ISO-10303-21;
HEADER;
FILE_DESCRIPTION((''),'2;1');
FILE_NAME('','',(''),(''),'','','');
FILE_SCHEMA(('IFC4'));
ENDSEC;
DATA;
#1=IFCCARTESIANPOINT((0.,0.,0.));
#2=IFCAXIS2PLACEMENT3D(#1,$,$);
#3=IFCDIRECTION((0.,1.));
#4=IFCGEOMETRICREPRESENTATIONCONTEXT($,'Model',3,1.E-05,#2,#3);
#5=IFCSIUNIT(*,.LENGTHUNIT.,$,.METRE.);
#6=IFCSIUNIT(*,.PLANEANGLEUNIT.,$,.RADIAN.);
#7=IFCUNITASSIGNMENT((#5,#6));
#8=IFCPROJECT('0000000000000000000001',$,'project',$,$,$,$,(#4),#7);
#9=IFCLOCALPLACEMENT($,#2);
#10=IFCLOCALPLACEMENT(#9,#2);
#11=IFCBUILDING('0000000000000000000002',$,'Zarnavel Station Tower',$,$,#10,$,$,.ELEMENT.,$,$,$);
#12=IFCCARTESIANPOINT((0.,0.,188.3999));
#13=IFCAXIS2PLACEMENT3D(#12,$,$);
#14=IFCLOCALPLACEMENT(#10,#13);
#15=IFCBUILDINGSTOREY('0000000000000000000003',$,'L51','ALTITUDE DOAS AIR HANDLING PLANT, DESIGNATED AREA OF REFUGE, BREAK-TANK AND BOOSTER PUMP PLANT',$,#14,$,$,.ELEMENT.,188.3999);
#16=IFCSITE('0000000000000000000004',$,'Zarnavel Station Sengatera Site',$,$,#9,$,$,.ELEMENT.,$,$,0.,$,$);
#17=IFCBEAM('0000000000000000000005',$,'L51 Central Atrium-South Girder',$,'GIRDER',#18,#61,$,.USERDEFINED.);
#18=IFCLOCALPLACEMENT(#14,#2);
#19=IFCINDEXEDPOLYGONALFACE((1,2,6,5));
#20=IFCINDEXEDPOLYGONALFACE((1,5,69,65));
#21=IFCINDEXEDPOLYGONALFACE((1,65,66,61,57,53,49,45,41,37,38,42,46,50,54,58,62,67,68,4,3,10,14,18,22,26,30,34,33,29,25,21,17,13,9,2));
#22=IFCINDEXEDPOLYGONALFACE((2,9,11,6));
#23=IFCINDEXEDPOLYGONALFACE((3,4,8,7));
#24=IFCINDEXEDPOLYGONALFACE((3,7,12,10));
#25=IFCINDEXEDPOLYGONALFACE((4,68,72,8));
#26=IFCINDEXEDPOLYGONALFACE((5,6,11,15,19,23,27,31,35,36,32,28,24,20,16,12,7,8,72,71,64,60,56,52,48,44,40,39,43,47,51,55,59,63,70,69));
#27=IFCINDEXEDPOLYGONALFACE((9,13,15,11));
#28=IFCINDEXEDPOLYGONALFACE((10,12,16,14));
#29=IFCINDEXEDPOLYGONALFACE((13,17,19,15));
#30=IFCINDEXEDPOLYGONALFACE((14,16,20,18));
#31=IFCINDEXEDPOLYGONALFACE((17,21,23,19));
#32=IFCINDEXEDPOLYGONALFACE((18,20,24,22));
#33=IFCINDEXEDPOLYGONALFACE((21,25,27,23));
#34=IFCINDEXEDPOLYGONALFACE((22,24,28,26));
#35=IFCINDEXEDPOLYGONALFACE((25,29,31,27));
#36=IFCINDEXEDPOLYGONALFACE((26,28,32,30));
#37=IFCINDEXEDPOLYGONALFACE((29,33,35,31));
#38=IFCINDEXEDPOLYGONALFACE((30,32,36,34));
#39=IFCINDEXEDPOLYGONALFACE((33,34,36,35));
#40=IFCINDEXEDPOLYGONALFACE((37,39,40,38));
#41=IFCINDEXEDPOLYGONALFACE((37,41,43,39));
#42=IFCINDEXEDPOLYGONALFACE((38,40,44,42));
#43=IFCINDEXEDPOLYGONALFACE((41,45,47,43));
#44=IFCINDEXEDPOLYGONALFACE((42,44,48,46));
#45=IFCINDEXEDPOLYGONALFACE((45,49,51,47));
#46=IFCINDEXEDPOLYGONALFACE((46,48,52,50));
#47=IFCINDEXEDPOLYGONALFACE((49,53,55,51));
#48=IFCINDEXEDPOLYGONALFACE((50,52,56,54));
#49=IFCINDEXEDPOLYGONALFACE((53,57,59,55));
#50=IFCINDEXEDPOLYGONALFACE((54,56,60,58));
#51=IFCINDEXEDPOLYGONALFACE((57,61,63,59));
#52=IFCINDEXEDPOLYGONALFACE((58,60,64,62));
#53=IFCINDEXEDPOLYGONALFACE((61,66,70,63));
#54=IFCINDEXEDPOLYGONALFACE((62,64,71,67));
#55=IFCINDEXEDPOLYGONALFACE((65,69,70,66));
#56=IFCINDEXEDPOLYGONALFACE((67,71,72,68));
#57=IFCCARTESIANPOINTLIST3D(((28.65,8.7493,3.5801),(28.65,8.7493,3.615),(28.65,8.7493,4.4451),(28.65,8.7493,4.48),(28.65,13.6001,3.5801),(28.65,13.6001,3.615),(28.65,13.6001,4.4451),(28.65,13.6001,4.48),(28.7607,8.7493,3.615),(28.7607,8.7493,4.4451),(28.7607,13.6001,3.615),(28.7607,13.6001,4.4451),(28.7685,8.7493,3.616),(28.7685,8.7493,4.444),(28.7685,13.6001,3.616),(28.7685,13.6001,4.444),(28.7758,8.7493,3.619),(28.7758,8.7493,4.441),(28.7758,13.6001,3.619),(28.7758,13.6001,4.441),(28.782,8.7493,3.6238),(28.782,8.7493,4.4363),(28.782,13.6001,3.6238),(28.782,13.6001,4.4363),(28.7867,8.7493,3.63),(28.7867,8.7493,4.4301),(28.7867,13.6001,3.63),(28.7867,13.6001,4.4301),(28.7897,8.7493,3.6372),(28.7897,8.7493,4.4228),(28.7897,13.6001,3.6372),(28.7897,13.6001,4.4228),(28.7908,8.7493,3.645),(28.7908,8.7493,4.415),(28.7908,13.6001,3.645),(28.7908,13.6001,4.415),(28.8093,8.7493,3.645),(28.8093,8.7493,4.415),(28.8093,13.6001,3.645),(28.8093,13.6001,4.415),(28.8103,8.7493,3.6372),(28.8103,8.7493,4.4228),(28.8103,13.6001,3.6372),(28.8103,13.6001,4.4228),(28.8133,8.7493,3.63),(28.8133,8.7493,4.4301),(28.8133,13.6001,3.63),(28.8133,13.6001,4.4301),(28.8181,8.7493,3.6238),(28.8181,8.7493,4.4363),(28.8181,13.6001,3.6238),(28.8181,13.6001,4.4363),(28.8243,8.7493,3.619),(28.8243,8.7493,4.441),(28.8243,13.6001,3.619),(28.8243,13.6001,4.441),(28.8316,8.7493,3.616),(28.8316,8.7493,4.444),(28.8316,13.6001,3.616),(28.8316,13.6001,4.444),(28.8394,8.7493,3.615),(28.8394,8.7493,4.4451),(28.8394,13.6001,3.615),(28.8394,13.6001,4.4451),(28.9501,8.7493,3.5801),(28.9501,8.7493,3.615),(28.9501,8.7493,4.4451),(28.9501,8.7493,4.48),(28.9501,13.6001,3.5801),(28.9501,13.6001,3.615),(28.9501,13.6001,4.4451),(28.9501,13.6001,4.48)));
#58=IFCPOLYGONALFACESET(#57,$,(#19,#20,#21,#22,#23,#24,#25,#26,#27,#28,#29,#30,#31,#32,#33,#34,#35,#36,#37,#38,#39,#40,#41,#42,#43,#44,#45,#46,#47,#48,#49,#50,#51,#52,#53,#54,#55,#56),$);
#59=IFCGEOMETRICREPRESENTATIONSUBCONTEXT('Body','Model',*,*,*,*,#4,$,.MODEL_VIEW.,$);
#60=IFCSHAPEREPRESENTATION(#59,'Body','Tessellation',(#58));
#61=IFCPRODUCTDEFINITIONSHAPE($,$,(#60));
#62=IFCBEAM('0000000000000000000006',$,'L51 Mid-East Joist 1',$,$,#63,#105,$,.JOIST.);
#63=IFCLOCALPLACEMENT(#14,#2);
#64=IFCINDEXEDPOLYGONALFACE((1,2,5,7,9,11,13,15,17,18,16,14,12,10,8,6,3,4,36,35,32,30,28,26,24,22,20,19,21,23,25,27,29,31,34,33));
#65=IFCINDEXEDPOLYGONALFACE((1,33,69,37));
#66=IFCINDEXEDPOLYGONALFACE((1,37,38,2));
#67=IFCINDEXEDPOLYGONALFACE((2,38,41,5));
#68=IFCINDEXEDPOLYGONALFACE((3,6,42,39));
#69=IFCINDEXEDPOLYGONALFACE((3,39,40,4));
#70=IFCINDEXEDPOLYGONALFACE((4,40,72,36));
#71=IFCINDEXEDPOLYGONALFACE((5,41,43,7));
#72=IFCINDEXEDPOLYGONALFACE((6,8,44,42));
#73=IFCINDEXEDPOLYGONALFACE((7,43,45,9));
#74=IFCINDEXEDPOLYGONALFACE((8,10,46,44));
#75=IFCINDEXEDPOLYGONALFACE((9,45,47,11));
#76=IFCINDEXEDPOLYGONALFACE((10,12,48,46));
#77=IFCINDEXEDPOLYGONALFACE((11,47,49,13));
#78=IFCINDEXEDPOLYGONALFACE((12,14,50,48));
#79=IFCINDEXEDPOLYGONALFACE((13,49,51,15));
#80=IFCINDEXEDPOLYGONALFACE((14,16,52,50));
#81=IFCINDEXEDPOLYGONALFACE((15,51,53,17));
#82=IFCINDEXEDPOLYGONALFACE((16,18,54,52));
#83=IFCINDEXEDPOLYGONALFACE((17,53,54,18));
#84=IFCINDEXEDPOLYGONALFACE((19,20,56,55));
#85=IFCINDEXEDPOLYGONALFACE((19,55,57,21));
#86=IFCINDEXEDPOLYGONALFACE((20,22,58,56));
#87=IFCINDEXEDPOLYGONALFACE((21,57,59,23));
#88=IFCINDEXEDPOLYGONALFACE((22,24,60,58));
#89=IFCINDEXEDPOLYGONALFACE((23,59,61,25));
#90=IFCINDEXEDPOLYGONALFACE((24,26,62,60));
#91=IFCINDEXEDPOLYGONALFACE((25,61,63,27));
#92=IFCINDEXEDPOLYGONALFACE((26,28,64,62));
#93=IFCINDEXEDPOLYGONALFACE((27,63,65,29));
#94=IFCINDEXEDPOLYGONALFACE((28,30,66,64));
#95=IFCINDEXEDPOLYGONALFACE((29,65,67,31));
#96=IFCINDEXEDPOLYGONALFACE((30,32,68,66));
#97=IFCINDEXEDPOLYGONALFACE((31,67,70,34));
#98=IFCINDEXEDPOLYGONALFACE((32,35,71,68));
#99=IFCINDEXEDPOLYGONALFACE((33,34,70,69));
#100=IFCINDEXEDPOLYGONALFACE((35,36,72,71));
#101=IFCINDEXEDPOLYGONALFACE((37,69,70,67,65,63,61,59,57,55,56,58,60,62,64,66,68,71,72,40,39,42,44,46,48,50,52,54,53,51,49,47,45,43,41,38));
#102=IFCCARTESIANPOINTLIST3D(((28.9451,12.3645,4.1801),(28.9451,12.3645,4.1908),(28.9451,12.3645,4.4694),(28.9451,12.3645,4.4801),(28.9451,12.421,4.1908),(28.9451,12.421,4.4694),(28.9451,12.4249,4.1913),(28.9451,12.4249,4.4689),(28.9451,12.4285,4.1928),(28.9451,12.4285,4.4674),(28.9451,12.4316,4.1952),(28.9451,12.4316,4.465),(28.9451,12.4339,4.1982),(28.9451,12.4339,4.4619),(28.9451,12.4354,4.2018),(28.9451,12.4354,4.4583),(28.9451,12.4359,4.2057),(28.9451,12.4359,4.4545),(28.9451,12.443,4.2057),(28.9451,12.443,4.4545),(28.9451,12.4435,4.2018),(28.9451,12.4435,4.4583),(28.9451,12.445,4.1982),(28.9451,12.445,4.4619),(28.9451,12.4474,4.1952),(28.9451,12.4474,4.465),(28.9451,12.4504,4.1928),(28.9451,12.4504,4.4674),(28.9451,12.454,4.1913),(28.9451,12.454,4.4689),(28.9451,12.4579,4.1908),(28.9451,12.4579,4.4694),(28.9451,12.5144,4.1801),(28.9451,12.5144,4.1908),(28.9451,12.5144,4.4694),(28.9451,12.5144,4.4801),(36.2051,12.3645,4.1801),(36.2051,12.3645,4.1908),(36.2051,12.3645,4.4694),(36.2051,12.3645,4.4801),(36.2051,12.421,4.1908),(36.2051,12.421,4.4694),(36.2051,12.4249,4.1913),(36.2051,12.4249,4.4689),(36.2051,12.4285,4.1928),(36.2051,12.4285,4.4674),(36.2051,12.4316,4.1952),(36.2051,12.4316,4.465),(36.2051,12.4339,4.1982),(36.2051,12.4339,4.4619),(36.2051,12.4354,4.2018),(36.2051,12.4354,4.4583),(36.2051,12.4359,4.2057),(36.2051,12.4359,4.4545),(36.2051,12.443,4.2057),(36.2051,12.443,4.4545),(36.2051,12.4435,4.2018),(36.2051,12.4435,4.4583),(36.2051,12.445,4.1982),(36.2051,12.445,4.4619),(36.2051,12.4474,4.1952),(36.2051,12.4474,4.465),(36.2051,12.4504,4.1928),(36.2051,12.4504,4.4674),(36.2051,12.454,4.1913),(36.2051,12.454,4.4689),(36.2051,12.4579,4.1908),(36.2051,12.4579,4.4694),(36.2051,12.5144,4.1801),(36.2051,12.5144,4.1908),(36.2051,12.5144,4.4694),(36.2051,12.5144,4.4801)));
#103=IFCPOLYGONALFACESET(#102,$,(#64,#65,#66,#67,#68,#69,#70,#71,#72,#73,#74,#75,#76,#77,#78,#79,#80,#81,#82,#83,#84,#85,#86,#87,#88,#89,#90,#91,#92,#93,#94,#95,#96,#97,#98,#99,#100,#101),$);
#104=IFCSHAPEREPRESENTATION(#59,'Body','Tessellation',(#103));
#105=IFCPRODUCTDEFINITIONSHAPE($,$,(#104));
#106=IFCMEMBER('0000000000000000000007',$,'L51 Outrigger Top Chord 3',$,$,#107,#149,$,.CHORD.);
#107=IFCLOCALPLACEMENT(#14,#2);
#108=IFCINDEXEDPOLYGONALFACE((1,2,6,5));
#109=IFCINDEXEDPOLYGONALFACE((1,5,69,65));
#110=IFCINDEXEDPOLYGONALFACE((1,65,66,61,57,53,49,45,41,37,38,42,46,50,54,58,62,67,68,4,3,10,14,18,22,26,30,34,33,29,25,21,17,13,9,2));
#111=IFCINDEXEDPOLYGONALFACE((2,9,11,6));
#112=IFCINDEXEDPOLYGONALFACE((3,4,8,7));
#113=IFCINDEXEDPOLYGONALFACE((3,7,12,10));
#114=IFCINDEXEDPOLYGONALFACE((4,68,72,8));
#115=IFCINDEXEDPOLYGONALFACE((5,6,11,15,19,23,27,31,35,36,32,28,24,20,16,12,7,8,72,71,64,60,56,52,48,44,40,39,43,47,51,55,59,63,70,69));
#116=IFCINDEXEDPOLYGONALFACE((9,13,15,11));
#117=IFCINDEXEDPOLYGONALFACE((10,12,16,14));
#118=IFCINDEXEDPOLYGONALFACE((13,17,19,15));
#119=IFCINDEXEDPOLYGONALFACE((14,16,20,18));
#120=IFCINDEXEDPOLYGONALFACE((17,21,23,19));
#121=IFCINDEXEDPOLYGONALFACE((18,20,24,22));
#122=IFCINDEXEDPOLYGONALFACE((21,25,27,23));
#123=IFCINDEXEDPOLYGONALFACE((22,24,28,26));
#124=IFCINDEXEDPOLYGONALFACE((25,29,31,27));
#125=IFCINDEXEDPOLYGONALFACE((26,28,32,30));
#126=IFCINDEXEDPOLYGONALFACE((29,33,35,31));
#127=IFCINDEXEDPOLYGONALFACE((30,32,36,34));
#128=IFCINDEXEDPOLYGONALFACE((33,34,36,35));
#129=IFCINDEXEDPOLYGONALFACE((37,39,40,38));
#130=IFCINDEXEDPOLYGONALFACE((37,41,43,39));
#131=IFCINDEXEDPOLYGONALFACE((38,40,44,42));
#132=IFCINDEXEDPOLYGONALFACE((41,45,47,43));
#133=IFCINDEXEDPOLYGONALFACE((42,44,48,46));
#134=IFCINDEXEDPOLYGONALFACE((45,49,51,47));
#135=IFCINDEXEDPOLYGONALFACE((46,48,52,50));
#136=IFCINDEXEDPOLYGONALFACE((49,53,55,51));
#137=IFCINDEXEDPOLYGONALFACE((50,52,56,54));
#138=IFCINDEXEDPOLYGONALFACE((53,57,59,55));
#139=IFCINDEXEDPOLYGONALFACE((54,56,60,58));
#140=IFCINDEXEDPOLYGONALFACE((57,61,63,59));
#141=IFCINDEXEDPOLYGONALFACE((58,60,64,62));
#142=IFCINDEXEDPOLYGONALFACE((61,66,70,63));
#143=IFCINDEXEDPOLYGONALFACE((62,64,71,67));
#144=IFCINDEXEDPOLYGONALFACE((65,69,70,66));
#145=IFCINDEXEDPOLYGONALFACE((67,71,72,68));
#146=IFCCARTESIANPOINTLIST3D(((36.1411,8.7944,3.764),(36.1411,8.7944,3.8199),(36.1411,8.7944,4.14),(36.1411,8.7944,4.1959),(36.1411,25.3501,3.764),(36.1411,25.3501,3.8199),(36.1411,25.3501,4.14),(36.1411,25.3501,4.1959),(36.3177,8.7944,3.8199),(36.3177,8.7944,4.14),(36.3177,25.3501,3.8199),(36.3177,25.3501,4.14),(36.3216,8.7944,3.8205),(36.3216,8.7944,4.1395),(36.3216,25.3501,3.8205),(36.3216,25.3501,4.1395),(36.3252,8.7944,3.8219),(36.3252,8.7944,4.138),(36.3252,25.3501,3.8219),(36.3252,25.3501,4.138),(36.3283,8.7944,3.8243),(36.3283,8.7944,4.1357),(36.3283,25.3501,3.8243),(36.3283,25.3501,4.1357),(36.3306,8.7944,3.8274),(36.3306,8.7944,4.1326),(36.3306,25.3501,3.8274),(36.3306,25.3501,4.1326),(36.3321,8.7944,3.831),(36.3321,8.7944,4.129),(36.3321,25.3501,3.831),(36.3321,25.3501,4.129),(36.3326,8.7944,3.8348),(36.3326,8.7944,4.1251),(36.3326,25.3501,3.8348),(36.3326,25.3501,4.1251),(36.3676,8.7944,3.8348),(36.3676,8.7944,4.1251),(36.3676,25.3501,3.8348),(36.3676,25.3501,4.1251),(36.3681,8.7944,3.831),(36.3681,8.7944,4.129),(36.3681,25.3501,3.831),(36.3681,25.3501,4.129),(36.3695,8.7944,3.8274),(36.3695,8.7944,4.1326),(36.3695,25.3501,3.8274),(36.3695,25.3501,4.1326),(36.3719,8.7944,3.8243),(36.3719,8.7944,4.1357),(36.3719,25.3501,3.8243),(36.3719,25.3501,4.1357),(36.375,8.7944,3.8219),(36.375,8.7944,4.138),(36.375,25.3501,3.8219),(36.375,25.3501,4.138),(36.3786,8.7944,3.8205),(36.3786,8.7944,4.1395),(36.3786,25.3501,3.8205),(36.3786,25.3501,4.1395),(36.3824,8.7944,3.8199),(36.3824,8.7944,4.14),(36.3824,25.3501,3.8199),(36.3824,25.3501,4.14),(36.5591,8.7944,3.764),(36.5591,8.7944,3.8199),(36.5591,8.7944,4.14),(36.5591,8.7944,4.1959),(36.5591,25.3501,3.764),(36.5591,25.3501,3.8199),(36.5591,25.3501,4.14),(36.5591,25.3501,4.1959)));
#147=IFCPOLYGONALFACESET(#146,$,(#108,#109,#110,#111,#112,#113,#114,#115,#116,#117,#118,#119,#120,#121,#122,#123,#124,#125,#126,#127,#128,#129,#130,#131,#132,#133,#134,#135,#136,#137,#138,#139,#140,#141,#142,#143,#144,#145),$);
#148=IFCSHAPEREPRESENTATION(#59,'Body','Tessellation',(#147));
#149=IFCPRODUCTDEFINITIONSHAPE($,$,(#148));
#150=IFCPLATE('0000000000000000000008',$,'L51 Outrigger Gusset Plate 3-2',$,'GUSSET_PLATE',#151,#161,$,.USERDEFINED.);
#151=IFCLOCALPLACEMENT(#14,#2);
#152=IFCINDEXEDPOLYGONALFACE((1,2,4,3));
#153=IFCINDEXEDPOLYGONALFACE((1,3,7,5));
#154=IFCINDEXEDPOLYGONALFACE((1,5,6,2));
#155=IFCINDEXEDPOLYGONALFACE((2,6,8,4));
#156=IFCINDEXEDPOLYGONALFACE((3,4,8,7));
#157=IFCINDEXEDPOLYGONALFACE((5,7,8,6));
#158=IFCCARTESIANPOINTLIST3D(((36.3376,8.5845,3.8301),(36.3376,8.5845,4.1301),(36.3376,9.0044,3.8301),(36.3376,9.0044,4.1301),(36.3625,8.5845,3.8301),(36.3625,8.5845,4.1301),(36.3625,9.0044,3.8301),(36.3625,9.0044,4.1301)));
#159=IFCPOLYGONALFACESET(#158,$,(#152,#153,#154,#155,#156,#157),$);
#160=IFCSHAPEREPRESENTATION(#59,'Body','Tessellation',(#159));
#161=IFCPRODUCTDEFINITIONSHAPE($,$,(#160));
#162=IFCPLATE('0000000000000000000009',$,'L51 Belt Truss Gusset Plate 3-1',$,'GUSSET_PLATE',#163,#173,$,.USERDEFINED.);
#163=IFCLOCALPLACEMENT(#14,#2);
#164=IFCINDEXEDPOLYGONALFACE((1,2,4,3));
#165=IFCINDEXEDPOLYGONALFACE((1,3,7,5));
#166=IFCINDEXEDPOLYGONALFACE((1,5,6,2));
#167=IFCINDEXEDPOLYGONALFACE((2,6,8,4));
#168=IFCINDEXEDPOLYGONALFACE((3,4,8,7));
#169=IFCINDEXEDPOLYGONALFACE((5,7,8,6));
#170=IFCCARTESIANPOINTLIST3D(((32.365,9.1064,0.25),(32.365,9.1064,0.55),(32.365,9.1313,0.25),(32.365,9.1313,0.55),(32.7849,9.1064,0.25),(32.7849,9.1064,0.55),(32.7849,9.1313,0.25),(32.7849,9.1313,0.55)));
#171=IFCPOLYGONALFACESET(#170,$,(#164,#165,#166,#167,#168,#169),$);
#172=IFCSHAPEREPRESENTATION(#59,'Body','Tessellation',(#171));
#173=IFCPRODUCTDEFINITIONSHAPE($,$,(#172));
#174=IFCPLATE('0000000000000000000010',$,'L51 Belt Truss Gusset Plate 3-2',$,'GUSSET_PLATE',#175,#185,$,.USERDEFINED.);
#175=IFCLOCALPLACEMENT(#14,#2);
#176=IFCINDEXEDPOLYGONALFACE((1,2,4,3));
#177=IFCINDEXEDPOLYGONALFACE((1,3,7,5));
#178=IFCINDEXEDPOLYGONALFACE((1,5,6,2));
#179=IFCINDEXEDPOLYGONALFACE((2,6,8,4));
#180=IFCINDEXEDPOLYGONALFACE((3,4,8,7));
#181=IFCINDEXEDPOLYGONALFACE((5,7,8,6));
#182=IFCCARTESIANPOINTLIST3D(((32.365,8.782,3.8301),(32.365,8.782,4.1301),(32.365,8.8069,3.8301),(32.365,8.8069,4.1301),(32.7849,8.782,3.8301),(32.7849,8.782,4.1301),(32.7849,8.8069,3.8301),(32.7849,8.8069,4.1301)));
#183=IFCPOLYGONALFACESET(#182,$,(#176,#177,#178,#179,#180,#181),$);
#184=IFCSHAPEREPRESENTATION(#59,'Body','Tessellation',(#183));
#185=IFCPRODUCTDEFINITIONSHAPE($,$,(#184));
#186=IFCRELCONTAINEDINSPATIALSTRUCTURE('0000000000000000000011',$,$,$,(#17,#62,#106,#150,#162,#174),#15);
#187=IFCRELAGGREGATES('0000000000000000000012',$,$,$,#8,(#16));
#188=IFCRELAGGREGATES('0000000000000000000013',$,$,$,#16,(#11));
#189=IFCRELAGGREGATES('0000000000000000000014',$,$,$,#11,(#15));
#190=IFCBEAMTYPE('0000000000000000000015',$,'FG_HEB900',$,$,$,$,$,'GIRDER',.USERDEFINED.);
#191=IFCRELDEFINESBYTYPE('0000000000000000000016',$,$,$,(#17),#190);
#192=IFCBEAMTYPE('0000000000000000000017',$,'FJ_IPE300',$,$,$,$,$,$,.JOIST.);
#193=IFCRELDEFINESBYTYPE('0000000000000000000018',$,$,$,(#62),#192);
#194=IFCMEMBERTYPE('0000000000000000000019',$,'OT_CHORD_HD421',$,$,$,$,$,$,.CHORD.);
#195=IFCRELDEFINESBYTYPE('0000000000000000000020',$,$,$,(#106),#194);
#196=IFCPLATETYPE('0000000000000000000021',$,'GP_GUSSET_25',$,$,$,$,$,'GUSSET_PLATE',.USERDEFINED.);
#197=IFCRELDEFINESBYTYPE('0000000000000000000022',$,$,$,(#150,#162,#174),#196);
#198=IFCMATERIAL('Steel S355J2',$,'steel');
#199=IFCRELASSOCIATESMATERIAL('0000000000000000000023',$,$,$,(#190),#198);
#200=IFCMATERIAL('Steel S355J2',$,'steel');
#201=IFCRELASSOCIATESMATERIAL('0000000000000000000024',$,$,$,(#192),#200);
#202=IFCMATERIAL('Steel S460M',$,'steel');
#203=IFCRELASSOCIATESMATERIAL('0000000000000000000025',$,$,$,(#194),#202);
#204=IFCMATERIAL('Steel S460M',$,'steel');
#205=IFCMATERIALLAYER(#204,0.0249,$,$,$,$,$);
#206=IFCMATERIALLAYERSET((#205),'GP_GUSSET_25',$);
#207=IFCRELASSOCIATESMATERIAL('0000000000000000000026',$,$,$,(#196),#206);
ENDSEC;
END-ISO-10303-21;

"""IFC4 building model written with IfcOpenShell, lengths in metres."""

from ifc_helpers import new_model, si_unit, direction, frame, origin, origin_2d, place, context, subcontext, project, spatial, rectangle, i_section, extrude, material, layer, layer_set, material_profile, profile_set, type_object, element, save


model = new_model("IFC4")

# Units and contexts
model_context = context("Model", 3, precision=1e-05, world=origin(), true_north=direction((0.0, 1.0)))
body_context = subcontext(model_context, "Body", "Model", "MODEL_VIEW")
ifc_project = project(units=[si_unit("LENGTHUNIT", "METRE"), si_unit("PLANEANGLEUNIT", "RADIAN")], contexts=[model_context])

# Site, building, storey
site_placement = place(None, origin())
site = spatial("IfcSite", under=ifc_project, at=site_placement, Name="Zarnavel Station Sengatera Site", CompositionType="ELEMENT", RefElevation=0.0)
building_placement = place(site_placement, origin())
building = spatial("IfcBuilding", under=site, at=building_placement, Name="Zarnavel Station Tower", CompositionType="ELEMENT")
storey_placement = place(building_placement, frame((0.0, 0.0, 188.3999)))
storey = spatial("IfcBuildingStorey", under=building, at=storey_placement, Name="L51", Description="ALTITUDE DOAS AIR HANDLING PLANT, DESIGNATED AREA OF REFUGE, BREAK-TANK AND BOOSTER PUMP PLANT", CompositionType="ELEMENT", Elevation=188.3999)

# Beams
ifc_material_1 = material(Name="Steel S355J2", Category="steel")
ifc_material_profile_1 = material_profile(ifc_material_1, i_section(OverallWidth=0.3, OverallDepth=0.8999, WebThickness=0.0186, FlangeThickness=0.0349, FilletRadius=0.03, at=origin_2d()), Name="HEB900")
ifc_profile_set_1 = profile_set([ifc_material_profile_1], Name="Steel S355J2")
beam_type_1 = type_object("IfcBeamType", Name="FG_HEB900", ElementType="GIRDER", PredefinedType="USERDEFINED", material=ifc_profile_set_1)
beam_1_placement = place(storey_placement, frame((28.8, 8.7493, 4.03), z_axis=(0.0, 1.0, 0.0), x_axis=(-1.0, 0.0, 0.0)))
element("IfcBeam", 1, at=beam_1_placement, inside=storey, type_object=beam_type_1, Name="L51 Central Atrium-South Girder", ObjectType="GIRDER", PredefinedType="USERDEFINED", context=body_context, shape_type="SweptSolid", body=[
    extrude(i_section(OverallWidth=0.3, OverallDepth=0.8999, WebThickness=0.0186, FlangeThickness=0.0349, FilletRadius=0.03, at=origin_2d()), origin(), (0.0, 0.0, 1.0), 4.8508),
])
ifc_material_2 = material(Name="Steel S355J2", Category="steel")
ifc_material_profile_2 = material_profile(ifc_material_2, i_section(OverallWidth=0.1499, OverallDepth=0.3, WebThickness=0.0071, FlangeThickness=0.0107, FilletRadius=0.0149, at=origin_2d()), Name="IPE300")
ifc_profile_set_2 = profile_set([ifc_material_profile_2], Name="Steel S355J2")
beam_type_2 = type_object("IfcBeamType", Name="FJ_IPE300", PredefinedType="JOIST", material=ifc_profile_set_2)
beam_2_placement = place(storey_placement, frame((28.9451, 12.4395, 4.3301), z_axis=(1.0, 0.0, 0.0), x_axis=(0.0, 1.0, 0.0)))
element("IfcBeam", 2, at=beam_2_placement, inside=storey, type_object=beam_type_2, Name="L51 Mid-East Joist 1", PredefinedType="JOIST", context=body_context, shape_type="SweptSolid", body=[
    extrude(i_section(OverallWidth=0.1499, OverallDepth=0.3, WebThickness=0.0071, FlangeThickness=0.0107, FilletRadius=0.0149, at=origin_2d()), origin(), (0.0, 0.0, 1.0), 7.26),
])

# Member
ifc_material_3 = material(Name="Steel S460M", Category="steel")
ifc_material_profile_3 = material_profile(ifc_material_3, i_section(OverallWidth=0.418, OverallDepth=0.4319, WebThickness=0.0349, FlangeThickness=0.0559, FilletRadius=0.0149, at=origin_2d()), Name="HD400x421")
ifc_profile_set_3 = profile_set([ifc_material_profile_3], Name="Steel S460M")
member_type_1 = type_object("IfcMemberType", Name="OT_CHORD_HD421", PredefinedType="CHORD", material=ifc_profile_set_3)
member_1_placement = place(storey_placement, frame((36.3501, 8.7944, 3.98), z_axis=(0.0, 1.0, 0.0), x_axis=(-1.0, 0.0, 0.0)))
element("IfcMember", 3, at=member_1_placement, inside=storey, type_object=member_type_1, Name="L51 Outrigger Top Chord 3", PredefinedType="CHORD", context=body_context, shape_type="SweptSolid", body=[
    extrude(i_section(OverallWidth=0.418, OverallDepth=0.4319, WebThickness=0.0349, FlangeThickness=0.0559, FilletRadius=0.0149, at=origin_2d()), origin(), (0.0, 0.0, 1.0), 16.5557),
])

# Plates
ifc_material_4 = material(Name="Steel S460M", Category="steel")
ifc_layer_1 = layer(ifc_material_4, 0.0249)
ifc_layer_set_1 = layer_set([ifc_layer_1], Name="GP_GUSSET_25")
plate_type = type_object("IfcPlateType", Name="GP_GUSSET_25", ElementType="GUSSET_PLATE", PredefinedType="USERDEFINED", material=ifc_layer_set_1)
plate_placement = place(storey_placement, frame((36.3501, 8.7944, 3.8301), z_axis=(0.0, 0.0, 1.0), x_axis=(1.0, 0.0, 0.0)))
element("IfcPlate", 4, at=plate_placement, inside=storey, type_object=plate_type, Name="L51 Outrigger Gusset Plate 3-2", ObjectType="GUSSET_PLATE", PredefinedType="USERDEFINED", context=body_context, shape_type="SweptSolid", body=[
    extrude(rectangle(XDim=0.0249, YDim=0.4199, at=origin_2d()), origin(), (0.0, 0.0, 1.0), 0.3),
])
for number, where, z_axis, x_axis, name in (
    (5, (32.575, 9.1189, 0.25), (0.0, 0.0, 1.0), (1.0, 0.0, 0.0), "L51 Belt Truss Gusset Plate 3-1"),
    (6, (32.575, 8.7944, 3.8301), (0.0, 0.0, 1.0), (1.0, 0.0, 0.0), "L51 Belt Truss Gusset Plate 3-2"),
):
    element("IfcPlate", number, at=place(storey_placement, frame(where, z_axis=z_axis, x_axis=x_axis)), inside=storey, type_object=plate_type, Name=name, ObjectType="GUSSET_PLATE", PredefinedType="USERDEFINED", context=body_context, shape_type="SweptSolid", body=[
        extrude(rectangle(XDim=0.4199, YDim=0.0249, at=origin_2d()), origin(), (0.0, 0.0, 1.0), 0.3),
    ])

save(model, "model.ifc")
